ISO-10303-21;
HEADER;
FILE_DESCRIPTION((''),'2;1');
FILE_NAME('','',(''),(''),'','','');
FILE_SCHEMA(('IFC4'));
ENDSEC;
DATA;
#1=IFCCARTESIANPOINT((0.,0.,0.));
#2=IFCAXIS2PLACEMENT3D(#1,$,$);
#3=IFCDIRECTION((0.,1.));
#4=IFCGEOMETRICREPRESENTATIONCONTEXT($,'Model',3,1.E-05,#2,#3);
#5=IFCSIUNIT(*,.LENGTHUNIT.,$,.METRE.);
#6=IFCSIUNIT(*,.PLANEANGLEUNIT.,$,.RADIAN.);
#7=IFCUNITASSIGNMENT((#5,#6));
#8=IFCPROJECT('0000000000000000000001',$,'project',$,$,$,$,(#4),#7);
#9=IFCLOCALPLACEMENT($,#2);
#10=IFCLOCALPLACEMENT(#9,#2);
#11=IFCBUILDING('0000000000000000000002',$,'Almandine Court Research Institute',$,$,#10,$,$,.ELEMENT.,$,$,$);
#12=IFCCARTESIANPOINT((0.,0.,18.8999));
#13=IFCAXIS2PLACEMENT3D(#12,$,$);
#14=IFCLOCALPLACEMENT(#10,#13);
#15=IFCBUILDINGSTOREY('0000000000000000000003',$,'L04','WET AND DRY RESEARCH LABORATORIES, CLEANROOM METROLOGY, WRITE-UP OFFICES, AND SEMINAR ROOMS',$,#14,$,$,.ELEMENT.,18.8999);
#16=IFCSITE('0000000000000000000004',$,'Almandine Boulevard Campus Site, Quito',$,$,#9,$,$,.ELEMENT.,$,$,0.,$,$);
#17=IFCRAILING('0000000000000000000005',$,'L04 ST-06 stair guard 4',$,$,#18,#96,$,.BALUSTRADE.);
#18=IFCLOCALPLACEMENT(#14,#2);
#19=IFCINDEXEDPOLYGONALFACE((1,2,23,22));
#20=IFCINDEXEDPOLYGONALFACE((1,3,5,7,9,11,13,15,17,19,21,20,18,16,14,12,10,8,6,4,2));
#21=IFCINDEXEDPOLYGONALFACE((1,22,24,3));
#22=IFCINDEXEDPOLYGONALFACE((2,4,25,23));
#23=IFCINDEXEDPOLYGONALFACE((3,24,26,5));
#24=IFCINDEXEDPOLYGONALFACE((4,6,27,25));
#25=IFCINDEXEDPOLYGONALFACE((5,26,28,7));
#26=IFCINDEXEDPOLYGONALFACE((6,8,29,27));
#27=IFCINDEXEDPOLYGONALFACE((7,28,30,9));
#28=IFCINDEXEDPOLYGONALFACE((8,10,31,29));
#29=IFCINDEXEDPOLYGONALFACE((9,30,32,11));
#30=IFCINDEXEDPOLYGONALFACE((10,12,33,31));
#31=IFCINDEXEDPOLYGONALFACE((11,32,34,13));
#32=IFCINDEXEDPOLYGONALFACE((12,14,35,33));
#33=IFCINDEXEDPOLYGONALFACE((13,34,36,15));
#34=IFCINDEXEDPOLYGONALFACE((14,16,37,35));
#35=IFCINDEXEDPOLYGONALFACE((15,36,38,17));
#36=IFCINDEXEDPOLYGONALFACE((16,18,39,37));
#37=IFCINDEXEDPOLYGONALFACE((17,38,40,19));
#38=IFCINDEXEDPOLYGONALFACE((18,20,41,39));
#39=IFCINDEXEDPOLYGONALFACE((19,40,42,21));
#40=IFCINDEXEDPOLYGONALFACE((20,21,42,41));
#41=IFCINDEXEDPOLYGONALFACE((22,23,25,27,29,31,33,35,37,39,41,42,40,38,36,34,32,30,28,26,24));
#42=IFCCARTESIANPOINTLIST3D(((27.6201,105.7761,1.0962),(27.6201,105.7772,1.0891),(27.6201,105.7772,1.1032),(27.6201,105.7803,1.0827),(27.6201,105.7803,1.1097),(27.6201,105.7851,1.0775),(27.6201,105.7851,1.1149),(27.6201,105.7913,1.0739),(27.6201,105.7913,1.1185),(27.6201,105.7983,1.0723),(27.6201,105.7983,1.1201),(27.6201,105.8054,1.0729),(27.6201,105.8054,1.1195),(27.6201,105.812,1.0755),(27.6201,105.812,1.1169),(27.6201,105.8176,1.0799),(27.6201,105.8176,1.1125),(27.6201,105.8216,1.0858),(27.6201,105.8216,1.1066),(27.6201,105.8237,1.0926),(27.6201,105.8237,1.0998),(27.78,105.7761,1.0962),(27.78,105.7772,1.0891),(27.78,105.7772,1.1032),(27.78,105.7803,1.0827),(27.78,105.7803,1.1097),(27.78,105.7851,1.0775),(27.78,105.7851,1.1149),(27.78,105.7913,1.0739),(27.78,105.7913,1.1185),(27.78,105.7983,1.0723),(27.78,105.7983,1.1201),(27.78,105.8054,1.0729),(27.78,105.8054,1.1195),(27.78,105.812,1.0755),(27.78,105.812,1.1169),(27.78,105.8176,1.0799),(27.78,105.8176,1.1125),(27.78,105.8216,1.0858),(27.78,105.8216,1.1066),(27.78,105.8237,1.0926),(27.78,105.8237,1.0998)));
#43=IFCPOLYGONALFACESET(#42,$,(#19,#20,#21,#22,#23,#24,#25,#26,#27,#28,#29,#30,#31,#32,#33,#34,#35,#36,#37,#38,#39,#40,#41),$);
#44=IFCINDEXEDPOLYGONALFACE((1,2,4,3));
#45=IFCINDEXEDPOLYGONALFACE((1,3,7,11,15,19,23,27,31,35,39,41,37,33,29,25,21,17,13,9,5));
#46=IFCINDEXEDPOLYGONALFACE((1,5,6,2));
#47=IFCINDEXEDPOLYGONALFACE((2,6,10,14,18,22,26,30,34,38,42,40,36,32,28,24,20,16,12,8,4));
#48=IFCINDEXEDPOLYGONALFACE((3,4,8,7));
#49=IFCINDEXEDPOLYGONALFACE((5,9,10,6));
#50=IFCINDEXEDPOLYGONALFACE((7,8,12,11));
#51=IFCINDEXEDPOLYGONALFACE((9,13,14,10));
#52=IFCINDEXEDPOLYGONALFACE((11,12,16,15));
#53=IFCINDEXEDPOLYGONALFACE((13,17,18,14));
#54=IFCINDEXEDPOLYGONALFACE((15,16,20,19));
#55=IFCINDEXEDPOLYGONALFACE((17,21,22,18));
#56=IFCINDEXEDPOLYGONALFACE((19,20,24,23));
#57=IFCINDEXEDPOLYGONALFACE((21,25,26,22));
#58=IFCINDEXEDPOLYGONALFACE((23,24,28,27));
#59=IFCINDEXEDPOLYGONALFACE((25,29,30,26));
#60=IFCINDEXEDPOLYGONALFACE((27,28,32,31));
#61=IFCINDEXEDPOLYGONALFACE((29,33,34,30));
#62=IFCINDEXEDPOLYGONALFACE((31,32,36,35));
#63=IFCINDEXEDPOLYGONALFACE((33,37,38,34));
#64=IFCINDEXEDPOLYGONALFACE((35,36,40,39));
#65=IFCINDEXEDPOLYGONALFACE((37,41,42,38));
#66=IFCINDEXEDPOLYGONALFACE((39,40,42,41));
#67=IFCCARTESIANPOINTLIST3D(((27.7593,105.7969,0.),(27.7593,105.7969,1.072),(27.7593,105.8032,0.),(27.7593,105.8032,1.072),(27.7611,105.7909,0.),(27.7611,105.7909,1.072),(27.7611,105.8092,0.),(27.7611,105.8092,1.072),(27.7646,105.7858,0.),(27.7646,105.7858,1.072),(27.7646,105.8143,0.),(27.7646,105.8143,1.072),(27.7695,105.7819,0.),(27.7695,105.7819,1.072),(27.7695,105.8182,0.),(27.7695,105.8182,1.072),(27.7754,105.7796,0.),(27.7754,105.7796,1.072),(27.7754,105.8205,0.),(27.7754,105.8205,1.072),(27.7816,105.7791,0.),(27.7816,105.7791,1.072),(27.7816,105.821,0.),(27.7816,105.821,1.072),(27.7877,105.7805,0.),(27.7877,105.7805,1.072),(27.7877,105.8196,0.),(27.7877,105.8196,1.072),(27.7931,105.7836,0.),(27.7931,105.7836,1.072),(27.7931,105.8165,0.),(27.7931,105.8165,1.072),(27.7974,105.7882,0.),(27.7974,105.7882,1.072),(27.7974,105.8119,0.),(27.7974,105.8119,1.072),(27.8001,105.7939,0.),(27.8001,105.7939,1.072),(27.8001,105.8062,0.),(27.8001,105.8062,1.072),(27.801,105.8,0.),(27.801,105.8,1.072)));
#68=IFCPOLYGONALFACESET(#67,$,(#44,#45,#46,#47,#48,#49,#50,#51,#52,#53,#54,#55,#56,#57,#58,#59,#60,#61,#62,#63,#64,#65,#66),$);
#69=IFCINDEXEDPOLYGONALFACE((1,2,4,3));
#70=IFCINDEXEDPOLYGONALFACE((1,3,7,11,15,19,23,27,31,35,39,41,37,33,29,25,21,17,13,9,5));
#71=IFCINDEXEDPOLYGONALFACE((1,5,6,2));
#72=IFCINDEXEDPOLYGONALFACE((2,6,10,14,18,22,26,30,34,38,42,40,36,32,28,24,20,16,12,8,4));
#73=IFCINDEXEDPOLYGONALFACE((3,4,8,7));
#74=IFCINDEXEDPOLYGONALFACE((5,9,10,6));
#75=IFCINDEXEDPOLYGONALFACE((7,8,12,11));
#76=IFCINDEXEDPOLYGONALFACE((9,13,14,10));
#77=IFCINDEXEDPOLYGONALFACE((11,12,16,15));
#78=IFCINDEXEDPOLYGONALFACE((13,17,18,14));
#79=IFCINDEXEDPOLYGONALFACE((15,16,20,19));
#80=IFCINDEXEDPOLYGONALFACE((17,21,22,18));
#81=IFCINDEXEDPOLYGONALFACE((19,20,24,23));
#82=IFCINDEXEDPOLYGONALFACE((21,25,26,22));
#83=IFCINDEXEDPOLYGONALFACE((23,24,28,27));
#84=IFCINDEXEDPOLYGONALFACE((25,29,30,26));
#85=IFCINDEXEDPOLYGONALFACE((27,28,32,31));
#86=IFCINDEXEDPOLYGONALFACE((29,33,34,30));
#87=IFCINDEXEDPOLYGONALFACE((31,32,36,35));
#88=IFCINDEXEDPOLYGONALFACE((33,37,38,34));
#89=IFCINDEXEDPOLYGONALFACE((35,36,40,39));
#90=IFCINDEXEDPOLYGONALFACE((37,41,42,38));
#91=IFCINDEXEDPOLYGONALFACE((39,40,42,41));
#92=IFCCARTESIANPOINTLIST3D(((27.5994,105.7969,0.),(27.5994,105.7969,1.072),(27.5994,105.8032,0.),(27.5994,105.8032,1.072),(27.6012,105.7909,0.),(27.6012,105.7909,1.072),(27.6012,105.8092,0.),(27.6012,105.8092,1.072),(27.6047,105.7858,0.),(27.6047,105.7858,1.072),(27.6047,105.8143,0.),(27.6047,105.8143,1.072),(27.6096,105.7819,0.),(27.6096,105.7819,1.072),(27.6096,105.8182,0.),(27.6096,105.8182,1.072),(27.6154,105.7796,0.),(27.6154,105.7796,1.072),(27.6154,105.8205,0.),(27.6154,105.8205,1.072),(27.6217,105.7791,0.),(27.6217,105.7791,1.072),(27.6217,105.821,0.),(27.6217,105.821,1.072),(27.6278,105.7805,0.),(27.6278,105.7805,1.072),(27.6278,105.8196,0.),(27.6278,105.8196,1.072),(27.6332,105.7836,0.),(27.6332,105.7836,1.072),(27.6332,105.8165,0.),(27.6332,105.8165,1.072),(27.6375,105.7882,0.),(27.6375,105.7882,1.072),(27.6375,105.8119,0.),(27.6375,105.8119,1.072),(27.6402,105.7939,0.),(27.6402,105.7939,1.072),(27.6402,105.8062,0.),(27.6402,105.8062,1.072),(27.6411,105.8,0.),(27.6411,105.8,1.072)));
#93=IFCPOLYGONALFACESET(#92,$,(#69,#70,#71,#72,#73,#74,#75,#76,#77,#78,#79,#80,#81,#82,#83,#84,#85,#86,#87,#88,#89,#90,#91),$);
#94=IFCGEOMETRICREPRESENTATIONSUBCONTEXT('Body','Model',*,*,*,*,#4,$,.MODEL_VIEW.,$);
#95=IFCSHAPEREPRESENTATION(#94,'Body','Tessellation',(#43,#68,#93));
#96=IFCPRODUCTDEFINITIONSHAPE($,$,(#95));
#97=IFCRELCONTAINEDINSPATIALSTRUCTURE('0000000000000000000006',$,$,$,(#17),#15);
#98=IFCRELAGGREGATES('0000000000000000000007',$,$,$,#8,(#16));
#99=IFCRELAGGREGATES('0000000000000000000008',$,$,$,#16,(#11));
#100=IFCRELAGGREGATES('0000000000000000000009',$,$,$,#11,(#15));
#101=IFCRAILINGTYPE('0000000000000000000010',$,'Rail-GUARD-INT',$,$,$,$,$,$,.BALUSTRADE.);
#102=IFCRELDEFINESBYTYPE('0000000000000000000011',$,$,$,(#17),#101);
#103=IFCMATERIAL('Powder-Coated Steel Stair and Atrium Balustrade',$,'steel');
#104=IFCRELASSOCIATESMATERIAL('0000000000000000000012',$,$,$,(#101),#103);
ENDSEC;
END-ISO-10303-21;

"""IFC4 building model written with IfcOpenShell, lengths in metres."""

from ifc_helpers import new_model, si_unit, direction, frame, origin, origin_2d, place, context, subcontext, project, spatial, circle, extrude, material, type_object, element, save


model = new_model("IFC4")

# Units and contexts
model_context = context("Model", 3, precision=1e-05, world=origin(), true_north=direction((0.0, 1.0)))
body_context = subcontext(model_context, "Body", "Model", "MODEL_VIEW")
ifc_project = project(units=[si_unit("LENGTHUNIT", "METRE"), si_unit("PLANEANGLEUNIT", "RADIAN")], contexts=[model_context])

# Site, building, storey
site_placement = place(None, origin())
site = spatial("IfcSite", under=ifc_project, at=site_placement, Name="Almandine Boulevard Campus Site, Quito", CompositionType="ELEMENT", RefElevation=0.0)
building_placement = place(site_placement, origin())
building = spatial("IfcBuilding", under=site, at=building_placement, Name="Almandine Court Research Institute", CompositionType="ELEMENT")
storey_placement = place(building_placement, frame((0.0, 0.0, 18.8999)))
storey = spatial("IfcBuildingStorey", under=building, at=storey_placement, Name="L04", Description="WET AND DRY RESEARCH LABORATORIES, CLEANROOM METROLOGY, WRITE-UP OFFICES, AND SEMINAR ROOMS", CompositionType="ELEMENT", Elevation=18.8999)

# Railing
ifc_material_1 = material(Name="Powder-Coated Steel Stair and Atrium Balustrade", Category="steel")
railing_type_1 = type_object("IfcRailingType", Name="Rail-GUARD-INT", PredefinedType="BALUSTRADE", material=ifc_material_1)
railing_1_placement = place(storey_placement, frame((27.78, 105.8, 0.0)))
element("IfcRailing", 1, at=railing_1_placement, inside=storey, type_object=railing_type_1, Name="L04 ST-06 stair guard 4", PredefinedType="BALUSTRADE", context=body_context, shape_type="SweptSolid", body=[
    extrude(circle(Radius=0.0239, at=origin_2d()), frame((0.0, 0.0, 1.0962), z_axis=(-1.0, 0.0, 0.0), x_axis=(0.0, -1.0, 0.0)), (0.0, 0.0, 1.0), 0.1599),
    extrude(circle(Radius=0.021, at=origin_2d()), origin(), (0.0, 0.0, 1.0), 1.072),
    extrude(circle(Radius=0.021, at=origin_2d()), frame((-0.1599, 0.0, 0.0)), (0.0, 0.0, 1.0), 1.072),
])

save(model, "model.ifc")
